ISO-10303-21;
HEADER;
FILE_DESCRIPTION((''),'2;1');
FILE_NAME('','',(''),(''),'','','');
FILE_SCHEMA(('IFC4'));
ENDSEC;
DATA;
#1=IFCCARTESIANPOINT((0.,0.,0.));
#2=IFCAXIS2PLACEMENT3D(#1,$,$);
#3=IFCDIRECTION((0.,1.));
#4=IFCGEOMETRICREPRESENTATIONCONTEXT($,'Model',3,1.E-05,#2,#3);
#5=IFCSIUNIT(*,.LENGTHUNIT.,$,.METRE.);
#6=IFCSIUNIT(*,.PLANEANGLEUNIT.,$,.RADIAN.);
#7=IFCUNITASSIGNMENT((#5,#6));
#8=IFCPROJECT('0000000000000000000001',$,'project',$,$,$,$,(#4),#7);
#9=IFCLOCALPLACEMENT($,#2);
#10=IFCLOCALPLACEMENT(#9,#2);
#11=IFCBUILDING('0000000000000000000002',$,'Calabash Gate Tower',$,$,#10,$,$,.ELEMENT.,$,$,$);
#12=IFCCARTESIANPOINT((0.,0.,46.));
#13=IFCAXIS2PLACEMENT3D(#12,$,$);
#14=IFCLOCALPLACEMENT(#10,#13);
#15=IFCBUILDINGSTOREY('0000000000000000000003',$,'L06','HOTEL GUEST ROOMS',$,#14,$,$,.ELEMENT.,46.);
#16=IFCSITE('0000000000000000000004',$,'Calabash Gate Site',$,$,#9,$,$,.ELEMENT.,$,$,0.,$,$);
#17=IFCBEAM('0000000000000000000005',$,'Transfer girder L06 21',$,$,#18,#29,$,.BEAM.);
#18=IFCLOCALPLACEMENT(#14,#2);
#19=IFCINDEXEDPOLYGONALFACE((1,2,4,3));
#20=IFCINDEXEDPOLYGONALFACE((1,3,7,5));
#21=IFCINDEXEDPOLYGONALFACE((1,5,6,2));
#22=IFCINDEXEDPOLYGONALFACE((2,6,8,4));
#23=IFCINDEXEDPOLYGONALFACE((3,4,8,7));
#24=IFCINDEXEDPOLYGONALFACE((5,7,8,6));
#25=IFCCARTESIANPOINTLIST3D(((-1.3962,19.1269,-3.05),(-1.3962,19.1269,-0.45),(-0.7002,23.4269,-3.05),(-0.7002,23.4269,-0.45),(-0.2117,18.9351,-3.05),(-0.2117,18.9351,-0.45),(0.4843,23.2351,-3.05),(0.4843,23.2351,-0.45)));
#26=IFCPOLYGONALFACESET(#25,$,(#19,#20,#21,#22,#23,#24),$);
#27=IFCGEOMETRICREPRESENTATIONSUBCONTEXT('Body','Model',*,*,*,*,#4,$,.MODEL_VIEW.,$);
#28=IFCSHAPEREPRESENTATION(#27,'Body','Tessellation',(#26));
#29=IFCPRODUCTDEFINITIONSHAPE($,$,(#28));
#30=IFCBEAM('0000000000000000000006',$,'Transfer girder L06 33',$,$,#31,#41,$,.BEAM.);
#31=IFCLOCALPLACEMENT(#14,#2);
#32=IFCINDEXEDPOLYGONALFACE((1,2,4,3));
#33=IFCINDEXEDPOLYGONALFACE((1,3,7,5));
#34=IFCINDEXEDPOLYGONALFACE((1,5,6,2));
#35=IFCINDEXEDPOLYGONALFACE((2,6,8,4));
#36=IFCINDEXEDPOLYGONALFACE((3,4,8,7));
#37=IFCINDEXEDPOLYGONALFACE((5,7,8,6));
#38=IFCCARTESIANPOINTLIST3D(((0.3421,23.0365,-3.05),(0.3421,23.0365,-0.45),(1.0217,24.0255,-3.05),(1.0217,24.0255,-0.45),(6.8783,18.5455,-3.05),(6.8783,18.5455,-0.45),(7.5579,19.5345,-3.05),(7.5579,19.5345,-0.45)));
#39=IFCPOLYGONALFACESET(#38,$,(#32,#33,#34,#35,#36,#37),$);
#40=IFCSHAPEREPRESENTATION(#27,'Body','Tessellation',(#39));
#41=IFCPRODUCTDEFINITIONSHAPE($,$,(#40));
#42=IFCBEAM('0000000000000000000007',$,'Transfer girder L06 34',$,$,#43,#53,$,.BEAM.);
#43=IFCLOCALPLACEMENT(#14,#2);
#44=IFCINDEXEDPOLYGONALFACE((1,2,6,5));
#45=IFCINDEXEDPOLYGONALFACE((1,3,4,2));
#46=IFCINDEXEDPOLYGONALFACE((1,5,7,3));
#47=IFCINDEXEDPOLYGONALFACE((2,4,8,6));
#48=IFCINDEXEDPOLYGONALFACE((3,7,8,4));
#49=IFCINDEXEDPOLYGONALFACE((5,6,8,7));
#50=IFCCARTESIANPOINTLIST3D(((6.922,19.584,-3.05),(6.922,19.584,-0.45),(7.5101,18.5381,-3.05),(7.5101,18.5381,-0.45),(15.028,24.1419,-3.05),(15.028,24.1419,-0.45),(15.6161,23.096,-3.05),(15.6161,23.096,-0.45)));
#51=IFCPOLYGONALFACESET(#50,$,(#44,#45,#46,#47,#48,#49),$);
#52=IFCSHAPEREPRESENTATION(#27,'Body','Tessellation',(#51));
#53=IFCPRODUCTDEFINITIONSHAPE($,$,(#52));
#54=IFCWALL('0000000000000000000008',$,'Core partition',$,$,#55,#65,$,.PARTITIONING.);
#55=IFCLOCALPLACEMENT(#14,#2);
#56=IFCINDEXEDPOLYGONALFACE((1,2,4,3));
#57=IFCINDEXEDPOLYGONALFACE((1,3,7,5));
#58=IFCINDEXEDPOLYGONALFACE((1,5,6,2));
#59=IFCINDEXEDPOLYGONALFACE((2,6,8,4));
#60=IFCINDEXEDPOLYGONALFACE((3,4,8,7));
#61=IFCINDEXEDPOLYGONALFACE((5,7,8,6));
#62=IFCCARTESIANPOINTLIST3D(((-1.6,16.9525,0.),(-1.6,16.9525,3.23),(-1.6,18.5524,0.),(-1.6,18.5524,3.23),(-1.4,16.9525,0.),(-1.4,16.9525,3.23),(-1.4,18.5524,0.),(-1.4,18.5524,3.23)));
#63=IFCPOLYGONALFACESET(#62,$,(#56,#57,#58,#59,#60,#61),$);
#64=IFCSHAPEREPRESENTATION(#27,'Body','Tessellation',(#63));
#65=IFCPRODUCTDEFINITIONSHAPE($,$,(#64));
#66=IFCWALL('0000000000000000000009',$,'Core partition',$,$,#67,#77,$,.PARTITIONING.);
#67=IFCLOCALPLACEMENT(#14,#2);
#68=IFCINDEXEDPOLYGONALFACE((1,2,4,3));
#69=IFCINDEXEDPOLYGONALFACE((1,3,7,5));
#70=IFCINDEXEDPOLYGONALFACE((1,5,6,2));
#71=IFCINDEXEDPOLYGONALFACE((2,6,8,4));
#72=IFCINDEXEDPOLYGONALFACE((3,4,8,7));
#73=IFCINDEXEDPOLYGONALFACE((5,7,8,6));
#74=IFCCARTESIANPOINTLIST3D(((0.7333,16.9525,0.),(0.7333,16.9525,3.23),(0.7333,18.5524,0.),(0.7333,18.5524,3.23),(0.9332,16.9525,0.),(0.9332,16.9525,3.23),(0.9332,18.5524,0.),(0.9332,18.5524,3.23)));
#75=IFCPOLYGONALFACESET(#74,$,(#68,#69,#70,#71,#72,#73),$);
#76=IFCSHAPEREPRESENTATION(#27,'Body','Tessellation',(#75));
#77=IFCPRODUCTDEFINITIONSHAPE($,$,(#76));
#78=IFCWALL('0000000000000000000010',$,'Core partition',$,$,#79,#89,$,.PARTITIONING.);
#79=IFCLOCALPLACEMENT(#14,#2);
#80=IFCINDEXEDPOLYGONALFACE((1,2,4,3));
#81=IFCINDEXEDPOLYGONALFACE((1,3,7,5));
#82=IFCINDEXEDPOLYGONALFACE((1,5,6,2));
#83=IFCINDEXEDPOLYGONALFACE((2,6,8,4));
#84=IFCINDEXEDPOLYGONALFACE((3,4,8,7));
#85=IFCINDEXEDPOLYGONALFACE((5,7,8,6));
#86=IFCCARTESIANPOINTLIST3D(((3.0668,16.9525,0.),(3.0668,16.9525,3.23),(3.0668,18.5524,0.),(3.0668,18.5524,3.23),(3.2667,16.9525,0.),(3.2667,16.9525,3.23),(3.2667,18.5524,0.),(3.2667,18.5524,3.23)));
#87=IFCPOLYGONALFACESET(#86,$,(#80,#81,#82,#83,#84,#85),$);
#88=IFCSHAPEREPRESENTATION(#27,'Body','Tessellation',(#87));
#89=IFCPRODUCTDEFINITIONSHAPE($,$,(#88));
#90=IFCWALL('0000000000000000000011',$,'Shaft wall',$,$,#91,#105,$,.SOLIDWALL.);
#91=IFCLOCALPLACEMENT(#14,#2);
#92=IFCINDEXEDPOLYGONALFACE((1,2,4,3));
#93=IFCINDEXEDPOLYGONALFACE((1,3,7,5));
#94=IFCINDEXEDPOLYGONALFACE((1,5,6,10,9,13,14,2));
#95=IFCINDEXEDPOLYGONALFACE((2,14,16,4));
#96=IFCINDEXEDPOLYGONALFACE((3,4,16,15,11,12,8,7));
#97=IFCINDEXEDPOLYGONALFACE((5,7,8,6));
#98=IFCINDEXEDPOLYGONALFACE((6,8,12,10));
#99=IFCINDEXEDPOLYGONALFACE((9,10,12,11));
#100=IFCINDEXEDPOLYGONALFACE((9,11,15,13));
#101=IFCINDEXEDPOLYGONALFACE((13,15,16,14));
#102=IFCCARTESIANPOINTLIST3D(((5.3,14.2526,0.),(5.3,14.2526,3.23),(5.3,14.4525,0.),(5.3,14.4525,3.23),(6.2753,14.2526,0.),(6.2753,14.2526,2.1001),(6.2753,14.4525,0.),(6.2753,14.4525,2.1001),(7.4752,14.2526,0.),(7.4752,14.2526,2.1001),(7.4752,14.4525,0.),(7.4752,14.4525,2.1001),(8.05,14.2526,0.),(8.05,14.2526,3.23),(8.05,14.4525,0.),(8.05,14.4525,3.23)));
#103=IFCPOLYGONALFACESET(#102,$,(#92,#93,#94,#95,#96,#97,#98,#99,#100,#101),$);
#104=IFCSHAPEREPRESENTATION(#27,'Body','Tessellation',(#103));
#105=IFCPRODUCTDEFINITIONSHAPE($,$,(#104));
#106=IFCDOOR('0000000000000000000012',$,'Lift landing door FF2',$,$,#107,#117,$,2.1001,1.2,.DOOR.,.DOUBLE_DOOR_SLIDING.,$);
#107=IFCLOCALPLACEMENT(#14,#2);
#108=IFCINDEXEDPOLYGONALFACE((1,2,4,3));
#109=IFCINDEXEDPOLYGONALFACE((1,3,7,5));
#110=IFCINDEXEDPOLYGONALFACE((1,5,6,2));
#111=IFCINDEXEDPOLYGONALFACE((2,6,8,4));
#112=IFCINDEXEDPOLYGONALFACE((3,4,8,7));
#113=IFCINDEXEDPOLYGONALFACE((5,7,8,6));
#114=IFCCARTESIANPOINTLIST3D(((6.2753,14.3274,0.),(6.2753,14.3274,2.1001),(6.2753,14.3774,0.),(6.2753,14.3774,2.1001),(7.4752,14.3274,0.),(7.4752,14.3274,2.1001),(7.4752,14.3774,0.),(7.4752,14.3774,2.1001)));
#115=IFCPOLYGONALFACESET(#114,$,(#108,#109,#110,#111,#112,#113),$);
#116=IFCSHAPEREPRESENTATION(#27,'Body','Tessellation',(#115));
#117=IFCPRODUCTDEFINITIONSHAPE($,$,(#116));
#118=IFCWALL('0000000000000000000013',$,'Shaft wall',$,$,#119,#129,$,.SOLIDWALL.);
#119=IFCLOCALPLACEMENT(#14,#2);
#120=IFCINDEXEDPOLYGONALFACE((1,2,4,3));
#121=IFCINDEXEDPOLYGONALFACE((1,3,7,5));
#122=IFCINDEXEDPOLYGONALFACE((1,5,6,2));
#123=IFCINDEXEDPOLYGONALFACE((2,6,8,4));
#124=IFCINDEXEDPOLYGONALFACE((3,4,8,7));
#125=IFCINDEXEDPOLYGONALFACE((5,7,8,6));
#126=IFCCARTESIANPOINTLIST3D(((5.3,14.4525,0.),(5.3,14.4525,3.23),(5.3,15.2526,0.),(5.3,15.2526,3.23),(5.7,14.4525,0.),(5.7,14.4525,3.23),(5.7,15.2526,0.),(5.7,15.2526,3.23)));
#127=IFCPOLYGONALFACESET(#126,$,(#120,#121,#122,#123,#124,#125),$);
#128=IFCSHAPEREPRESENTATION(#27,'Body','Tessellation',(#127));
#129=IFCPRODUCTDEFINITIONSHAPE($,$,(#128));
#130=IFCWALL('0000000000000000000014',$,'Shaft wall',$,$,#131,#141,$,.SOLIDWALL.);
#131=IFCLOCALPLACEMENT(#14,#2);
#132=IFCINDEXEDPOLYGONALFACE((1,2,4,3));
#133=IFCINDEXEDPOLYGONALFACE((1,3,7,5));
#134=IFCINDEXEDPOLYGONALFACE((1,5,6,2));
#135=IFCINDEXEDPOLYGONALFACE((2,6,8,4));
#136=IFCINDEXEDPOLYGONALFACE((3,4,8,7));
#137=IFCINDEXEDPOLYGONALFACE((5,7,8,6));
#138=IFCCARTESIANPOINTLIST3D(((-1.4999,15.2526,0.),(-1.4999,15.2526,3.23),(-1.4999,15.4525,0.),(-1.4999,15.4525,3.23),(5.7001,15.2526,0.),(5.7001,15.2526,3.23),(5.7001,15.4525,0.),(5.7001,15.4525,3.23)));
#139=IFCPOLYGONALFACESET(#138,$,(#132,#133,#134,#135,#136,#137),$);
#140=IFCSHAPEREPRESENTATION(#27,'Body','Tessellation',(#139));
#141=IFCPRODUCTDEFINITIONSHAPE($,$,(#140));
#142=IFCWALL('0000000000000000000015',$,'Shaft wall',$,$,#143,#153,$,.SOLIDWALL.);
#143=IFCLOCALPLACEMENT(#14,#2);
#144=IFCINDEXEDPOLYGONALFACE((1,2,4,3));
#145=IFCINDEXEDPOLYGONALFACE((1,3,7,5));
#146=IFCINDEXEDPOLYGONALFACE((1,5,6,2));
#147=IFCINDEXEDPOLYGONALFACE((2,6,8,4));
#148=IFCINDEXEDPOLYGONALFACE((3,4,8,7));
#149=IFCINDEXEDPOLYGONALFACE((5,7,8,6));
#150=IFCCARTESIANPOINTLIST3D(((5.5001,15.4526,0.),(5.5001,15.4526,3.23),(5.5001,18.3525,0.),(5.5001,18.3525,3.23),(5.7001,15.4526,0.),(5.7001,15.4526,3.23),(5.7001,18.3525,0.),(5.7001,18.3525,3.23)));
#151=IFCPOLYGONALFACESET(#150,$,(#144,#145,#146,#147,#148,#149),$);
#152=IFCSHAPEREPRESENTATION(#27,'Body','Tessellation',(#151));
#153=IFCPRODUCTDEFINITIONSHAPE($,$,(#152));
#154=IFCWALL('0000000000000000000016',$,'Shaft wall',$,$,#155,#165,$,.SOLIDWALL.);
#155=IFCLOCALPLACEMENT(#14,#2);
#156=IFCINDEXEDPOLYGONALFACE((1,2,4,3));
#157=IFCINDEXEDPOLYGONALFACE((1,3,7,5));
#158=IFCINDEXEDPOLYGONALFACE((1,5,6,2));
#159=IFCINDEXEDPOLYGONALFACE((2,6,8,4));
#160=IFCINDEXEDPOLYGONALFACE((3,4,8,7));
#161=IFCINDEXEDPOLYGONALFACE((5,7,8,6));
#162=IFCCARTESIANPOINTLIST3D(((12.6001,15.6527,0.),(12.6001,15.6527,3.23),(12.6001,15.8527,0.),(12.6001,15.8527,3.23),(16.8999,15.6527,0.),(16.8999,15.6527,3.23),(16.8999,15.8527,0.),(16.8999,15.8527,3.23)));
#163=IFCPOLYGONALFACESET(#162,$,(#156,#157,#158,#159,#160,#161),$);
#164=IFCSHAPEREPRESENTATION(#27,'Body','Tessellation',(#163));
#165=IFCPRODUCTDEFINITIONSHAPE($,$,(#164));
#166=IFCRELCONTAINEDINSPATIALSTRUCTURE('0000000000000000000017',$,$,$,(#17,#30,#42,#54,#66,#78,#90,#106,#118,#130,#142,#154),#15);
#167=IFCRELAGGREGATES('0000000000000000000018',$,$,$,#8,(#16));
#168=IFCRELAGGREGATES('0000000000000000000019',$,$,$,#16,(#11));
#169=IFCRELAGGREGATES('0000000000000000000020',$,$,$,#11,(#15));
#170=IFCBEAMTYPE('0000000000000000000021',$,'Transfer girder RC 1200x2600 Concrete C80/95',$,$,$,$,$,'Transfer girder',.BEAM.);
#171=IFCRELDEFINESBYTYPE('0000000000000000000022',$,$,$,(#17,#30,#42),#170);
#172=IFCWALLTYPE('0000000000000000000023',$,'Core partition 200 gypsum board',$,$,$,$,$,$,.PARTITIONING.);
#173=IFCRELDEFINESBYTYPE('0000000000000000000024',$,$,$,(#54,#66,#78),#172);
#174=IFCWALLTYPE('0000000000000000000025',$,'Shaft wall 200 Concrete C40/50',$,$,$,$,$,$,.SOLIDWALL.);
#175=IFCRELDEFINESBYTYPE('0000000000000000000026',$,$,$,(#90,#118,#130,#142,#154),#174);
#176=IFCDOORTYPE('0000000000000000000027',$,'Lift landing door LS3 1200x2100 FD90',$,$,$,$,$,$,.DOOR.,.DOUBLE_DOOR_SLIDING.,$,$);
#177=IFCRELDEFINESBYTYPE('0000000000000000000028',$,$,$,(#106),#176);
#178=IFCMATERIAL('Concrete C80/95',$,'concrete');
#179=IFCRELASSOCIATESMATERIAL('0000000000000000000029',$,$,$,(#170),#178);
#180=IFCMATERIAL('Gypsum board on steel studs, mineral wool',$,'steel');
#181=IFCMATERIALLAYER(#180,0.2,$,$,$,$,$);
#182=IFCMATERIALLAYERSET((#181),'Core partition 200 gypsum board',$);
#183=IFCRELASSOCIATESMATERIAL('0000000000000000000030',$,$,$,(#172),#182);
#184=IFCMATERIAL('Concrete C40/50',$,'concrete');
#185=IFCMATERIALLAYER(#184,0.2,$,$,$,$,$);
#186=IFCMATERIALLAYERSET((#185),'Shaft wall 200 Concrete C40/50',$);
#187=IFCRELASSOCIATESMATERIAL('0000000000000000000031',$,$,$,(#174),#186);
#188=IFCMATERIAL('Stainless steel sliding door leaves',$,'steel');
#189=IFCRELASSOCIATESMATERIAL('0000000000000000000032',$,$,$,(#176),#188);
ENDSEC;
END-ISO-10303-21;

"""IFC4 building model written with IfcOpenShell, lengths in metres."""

from ifc_helpers import new_model, si_unit, direction, frame, frame_2d, origin, origin_2d, place, context, subcontext, project, spatial, rectangle, extrude, material, layer, layer_set, material_profile, profile_set, type_object, element, fill, save


model = new_model("IFC4")

# Units and contexts
model_context = context("Model", 3, precision=1e-05, world=origin(), true_north=direction((0.0, 1.0)))
body_context = subcontext(model_context, "Body", "Model", "MODEL_VIEW")
ifc_project = project(units=[si_unit("LENGTHUNIT", "METRE"), si_unit("PLANEANGLEUNIT", "RADIAN")], contexts=[model_context])

# Site, building, storey
site_placement = place(None, origin())
site = spatial("IfcSite", under=ifc_project, at=site_placement, Name="Calabash Gate Site", CompositionType="ELEMENT", RefElevation=0.0)
building_placement = place(site_placement, origin())
building = spatial("IfcBuilding", under=site, at=building_placement, Name="Calabash Gate Tower", CompositionType="ELEMENT")
storey_placement = place(building_placement, frame((0.0, 0.0, 46.0)))
storey = spatial("IfcBuildingStorey", under=building, at=storey_placement, Name="L06", Description="HOTEL GUEST ROOMS", CompositionType="ELEMENT", Elevation=46.0)

# Beams
ifc_material_1 = material(Name="Concrete C80/95", Category="concrete")
ifc_material_profile = material_profile(ifc_material_1, rectangle(XDim=1.2, YDim=2.6001, at=origin_2d()))
ifc_profile_set = profile_set([ifc_material_profile], Name="Concrete C80/95")
beam_type = type_object("IfcBeamType", Name="Transfer girder RC 1200x2600 Concrete C80/95", ElementType="Transfer girder", PredefinedType="BEAM", material=ifc_profile_set)
beam_1_placement = place(storey_placement, frame((-0.804, 19.031, -1.75), z_axis=(0.159789, 0.987151, 0.0), x_axis=(-0.987151, 0.159789, 0.0)))
element("IfcBeam", 1, at=beam_1_placement, inside=storey, type_object=beam_type, Name="Transfer girder L06 21", PredefinedType="BEAM", context=body_context, shape_type="SweptSolid", body=[
    extrude(rectangle(XDim=1.2, YDim=2.6001, at=origin_2d()), origin(), (0.0, 0.0, 1.0), 4.356),
])
beam_2_placement = place(storey_placement, frame((0.6819, 23.531, -1.75), z_axis=(0.824196, -0.566304, 0.0), x_axis=(0.566304, 0.824196, 0.0)))
element("IfcBeam", 2, at=beam_2_placement, inside=storey, type_object=beam_type, Name="Transfer girder L06 33", PredefinedType="BEAM", context=body_context, shape_type="SweptSolid", body=[
    extrude(rectangle(XDim=1.2, YDim=2.6001, at=origin_2d()), origin(), (0.0, 0.0, 1.0), 7.9304),
])
beam_3_placement = place(storey_placement, frame((7.2161, 19.061, -1.75), z_axis=(0.871655, 0.490119, 0.0), x_axis=(-0.490119, 0.871655, 0.0)))
element("IfcBeam", 3, at=beam_3_placement, inside=storey, type_object=beam_type, Name="Transfer girder L06 34", PredefinedType="BEAM", context=body_context, shape_type="SweptSolid", body=[
    extrude(rectangle(XDim=1.2, YDim=2.6001, at=origin_2d()), origin(), (0.0, 0.0, 1.0), 9.2996),
])

# Walls
ifc_material_2 = material(Name="Gypsum board on steel studs, mineral wool", Category="steel")
ifc_layer_1 = layer(ifc_material_2, 0.2)
ifc_layer_set_1 = layer_set([ifc_layer_1], Name="Core partition 200 gypsum board")
wall_type_1 = type_object("IfcWallType", Name="Core partition 200 gypsum board", PredefinedType="PARTITIONING", material=ifc_layer_set_1)
for number, where, z_axis, x_axis, name in (
    (4, (-1.5, 16.9526, 0.0), (0.0, 0.0, 1.0), (0.0, 1.0, 0.0), "Core partition"),
    (5, (0.8333, 16.9526, 0.0), (0.0, 0.0, 1.0), (0.0, 1.0, 0.0), "Core partition"),
    (6, (3.1667, 16.9526, 0.0), (0.0, 0.0, 1.0), (0.0, 1.0, 0.0), "Core partition"),
):
    element("IfcWall", number, at=place(storey_placement, frame(where, z_axis=z_axis, x_axis=x_axis)), inside=storey, type_object=wall_type_1, Name=name, PredefinedType="PARTITIONING", context=body_context, shape_type="SweptSolid", body=[
        extrude(rectangle(XDim=1.5999, YDim=0.2, at=frame_2d((0.7998, 0.0))), origin(), (0.0, 0.0, 1.0), 3.23),
    ])

# Wall, opening, door
ifc_material_3 = material(Name="Concrete C40/50", Category="concrete")
ifc_layer_2 = layer(ifc_material_3, 0.2)
ifc_layer_set_2 = layer_set([ifc_layer_2], Name="Shaft wall 200 Concrete C40/50")
wall_type_2 = type_object("IfcWallType", Name="Shaft wall 200 Concrete C40/50", PredefinedType="SOLIDWALL", material=ifc_layer_set_2)
wall_1_placement = place(storey_placement, frame((5.3, 14.3525, 0.0), z_axis=(0.0, 0.0, 1.0), x_axis=(1.0, 0.0, 0.0)))
wall_1 = element("IfcWall", 7, at=wall_1_placement, inside=storey, type_object=wall_type_2, Name="Shaft wall", PredefinedType="SOLIDWALL", context=body_context, shape_type="SweptSolid", body=[
    extrude(rectangle(XDim=2.75, YDim=0.2, at=frame_2d((1.375, 0.0))), origin(), (0.0, 0.0, 1.0), 3.23),
])
opening_1_placement = place(wall_1_placement, frame((0.9751, 0.0, 0.0)))
opening_1 = element("IfcOpeningElement", 8, at=opening_1_placement, cuts=wall_1, PredefinedType="OPENING", context=body_context, shape_type="SweptSolid", body=[
    extrude(rectangle(XDim=1.2, YDim=2.1001, at=frame_2d((0.6001, 1.05))), frame((0.0, 0.1099, 0.0), z_axis=(0.0, -1.0, 0.0), x_axis=(1.0, 0.0, 0.0)), (0.0, 0.0, 1.0), 0.22),
])
ifc_material_4 = material(Name="Stainless steel sliding door leaves", Category="steel")
door_type_1 = type_object("IfcDoorType", Name="Lift landing door LS3 1200x2100 FD90", OperationType="DOUBLE_DOOR_SLIDING", PredefinedType="DOOR", material=ifc_material_4)
door_1_placement = place(opening_1_placement, origin())
door_1 = element("IfcDoor", 9, at=door_1_placement, inside=storey, type_object=door_type_1, Name="Lift landing door FF2", OperationType="DOUBLE_DOOR_SLIDING", OverallHeight=2.1001, OverallWidth=1.2, PredefinedType="DOOR", context=body_context, shape_type="SweptSolid", body=[
    extrude(rectangle(XDim=1.2, YDim=2.1001, at=frame_2d((0.6001, 1.05))), frame((0.0, 0.0249, 0.0), z_axis=(0.0, -1.0, 0.0), x_axis=(1.0, 0.0, 0.0)), (0.0, 0.0, 1.0), 0.05),
])
fill(opening_1, door_1)

# Walls
wall_2_placement = place(storey_placement, frame((5.5, 14.4526, 0.0), z_axis=(0.0, 0.0, 1.0), x_axis=(0.0, 1.0, 0.0)))
element("IfcWall", 10, at=wall_2_placement, inside=storey, type_object=wall_type_2, Name="Shaft wall", PredefinedType="SOLIDWALL", context=body_context, shape_type="SweptSolid", body=[
    extrude(rectangle(XDim=0.8, YDim=0.3999, at=frame_2d((0.3999, 0.0))), origin(), (0.0, 0.0, 1.0), 3.23),
])
wall_3_placement = place(storey_placement, frame((-1.5, 15.3525, 0.0), z_axis=(0.0, 0.0, 1.0), x_axis=(1.0, 0.0, 0.0)))
element("IfcWall", 11, at=wall_3_placement, inside=storey, type_object=wall_type_2, Name="Shaft wall", PredefinedType="SOLIDWALL", context=body_context, shape_type="SweptSolid", body=[
    extrude(rectangle(XDim=7.2, YDim=0.2, at=frame_2d((3.6001, 0.0))), origin(), (0.0, 0.0, 1.0), 3.23),
])
wall_4_placement = place(storey_placement, frame((5.6001, 15.4526, 0.0), z_axis=(0.0, 0.0, 1.0), x_axis=(0.0, 1.0, 0.0)))
element("IfcWall", 12, at=wall_4_placement, inside=storey, type_object=wall_type_2, Name="Shaft wall", PredefinedType="SOLIDWALL", context=body_context, shape_type="SweptSolid", body=[
    extrude(rectangle(XDim=2.8999, YDim=0.2, at=frame_2d((1.45, 0.0))), origin(), (0.0, 0.0, 1.0), 3.23),
])
wall_5_placement = place(storey_placement, frame((12.6001, 15.7527, 0.0), z_axis=(0.0, 0.0, 1.0), x_axis=(1.0, 0.0, 0.0)))
element("IfcWall", 13, at=wall_5_placement, inside=storey, type_object=wall_type_2, Name="Shaft wall", PredefinedType="SOLIDWALL", context=body_context, shape_type="SweptSolid", body=[
    extrude(rectangle(XDim=4.2998, YDim=0.2, at=frame_2d((2.1499, 0.0))), origin(), (0.0, 0.0, 1.0), 3.23),
])

save(model, "model.ifc")
